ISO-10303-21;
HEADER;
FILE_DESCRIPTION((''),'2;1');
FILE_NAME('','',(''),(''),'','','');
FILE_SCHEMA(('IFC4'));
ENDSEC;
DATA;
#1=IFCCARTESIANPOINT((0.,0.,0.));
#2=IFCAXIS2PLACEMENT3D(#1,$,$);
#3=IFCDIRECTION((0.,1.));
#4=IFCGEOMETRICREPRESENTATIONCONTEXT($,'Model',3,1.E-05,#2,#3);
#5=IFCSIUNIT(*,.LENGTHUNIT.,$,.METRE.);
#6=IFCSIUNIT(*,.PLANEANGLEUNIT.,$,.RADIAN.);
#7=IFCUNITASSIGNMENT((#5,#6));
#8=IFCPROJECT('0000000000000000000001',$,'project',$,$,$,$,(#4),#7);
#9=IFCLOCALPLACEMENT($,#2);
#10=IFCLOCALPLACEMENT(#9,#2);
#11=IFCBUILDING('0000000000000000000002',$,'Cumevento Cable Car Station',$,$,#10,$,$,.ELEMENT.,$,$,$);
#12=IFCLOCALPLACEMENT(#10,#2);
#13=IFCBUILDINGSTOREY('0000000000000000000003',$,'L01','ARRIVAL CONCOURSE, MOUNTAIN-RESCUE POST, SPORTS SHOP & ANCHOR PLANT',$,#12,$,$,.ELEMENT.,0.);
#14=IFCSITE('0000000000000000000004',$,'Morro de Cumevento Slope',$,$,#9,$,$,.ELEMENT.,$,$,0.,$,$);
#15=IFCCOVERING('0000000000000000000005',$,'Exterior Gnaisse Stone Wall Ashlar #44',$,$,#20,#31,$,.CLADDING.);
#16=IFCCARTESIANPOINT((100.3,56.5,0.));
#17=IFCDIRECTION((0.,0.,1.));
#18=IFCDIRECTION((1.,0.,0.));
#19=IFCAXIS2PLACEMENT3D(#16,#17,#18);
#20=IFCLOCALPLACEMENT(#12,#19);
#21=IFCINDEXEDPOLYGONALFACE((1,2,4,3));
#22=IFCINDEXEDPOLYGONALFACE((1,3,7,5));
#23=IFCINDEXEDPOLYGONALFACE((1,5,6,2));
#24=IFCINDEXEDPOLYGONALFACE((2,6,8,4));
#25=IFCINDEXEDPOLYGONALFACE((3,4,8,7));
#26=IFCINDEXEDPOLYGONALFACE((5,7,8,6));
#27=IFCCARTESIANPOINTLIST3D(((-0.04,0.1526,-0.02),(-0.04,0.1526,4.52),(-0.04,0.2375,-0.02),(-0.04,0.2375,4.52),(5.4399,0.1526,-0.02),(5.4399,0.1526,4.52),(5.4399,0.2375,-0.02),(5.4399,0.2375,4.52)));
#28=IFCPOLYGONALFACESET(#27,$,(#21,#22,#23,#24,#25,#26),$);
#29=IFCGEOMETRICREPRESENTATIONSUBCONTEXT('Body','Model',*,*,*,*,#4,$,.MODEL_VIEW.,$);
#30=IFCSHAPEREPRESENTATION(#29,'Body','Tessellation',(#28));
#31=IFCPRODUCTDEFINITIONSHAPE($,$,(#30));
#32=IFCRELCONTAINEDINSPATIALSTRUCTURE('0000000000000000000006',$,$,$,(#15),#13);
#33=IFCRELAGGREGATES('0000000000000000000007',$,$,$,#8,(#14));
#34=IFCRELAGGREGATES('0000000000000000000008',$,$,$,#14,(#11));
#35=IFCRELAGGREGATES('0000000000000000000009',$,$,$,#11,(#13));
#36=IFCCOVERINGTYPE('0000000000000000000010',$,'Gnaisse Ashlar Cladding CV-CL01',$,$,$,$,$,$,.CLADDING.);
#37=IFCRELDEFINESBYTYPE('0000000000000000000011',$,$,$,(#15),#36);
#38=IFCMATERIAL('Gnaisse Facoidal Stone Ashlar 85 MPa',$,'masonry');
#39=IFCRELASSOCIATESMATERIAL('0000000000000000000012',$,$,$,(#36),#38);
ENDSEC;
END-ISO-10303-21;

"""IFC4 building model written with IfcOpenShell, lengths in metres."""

from ifc_helpers import new_model, si_unit, direction, frame, origin, place, context, subcontext, project, spatial, polyline, outline, extrude, material, type_object, element, save


model = new_model("IFC4")

# Units and contexts
model_context = context("Model", 3, precision=1e-05, world=origin(), true_north=direction((0.0, 1.0)))
body_context = subcontext(model_context, "Body", "Model", "MODEL_VIEW")
ifc_project = project(units=[si_unit("LENGTHUNIT", "METRE"), si_unit("PLANEANGLEUNIT", "RADIAN")], contexts=[model_context])

# Site, building, storey
site_placement = place(None, origin())
site = spatial("IfcSite", under=ifc_project, at=site_placement, Name="Morro de Cumevento Slope", CompositionType="ELEMENT", RefElevation=0.0)
building_placement = place(site_placement, origin())
building = spatial("IfcBuilding", under=site, at=building_placement, Name="Cumevento Cable Car Station", CompositionType="ELEMENT")
storey_placement = place(building_placement, origin())
storey = spatial("IfcBuildingStorey", under=building, at=storey_placement, Name="L01", Description="ARRIVAL CONCOURSE, MOUNTAIN-RESCUE POST, SPORTS SHOP & ANCHOR PLANT", CompositionType="ELEMENT", Elevation=0.0)

# Covering
ifc_material_1 = material(Name="Gnaisse Facoidal Stone Ashlar 85 MPa", Category="masonry")
covering_type = type_object("IfcCoveringType", Name="Gnaisse Ashlar Cladding CV-CL01", PredefinedType="CLADDING", material=ifc_material_1)
covering_1_placement = place(storey_placement, frame((100.3, 56.5, 0.0), z_axis=(0.0, 0.0, 1.0), x_axis=(1.0, 0.0, 0.0)))
element("IfcCovering", 1, at=covering_1_placement, inside=storey, type_object=covering_type, Name="Exterior Gnaisse Stone Wall Ashlar #44", PredefinedType="CLADDING", context=body_context, shape_type="SweptSolid", body=[
    extrude(outline(polyline([(-0.04, -0.02), (5.4399, -0.02), (5.4399, 4.52), (-0.04, 4.52), (-0.04, -0.02)])), frame((0.0, 0.2375, 0.0), z_axis=(0.0, -1.0, 0.0), x_axis=(1.0, 0.0, 0.0)), (0.0, 0.0, 1.0), 0.085),
])

save(model, "model.ifc")
